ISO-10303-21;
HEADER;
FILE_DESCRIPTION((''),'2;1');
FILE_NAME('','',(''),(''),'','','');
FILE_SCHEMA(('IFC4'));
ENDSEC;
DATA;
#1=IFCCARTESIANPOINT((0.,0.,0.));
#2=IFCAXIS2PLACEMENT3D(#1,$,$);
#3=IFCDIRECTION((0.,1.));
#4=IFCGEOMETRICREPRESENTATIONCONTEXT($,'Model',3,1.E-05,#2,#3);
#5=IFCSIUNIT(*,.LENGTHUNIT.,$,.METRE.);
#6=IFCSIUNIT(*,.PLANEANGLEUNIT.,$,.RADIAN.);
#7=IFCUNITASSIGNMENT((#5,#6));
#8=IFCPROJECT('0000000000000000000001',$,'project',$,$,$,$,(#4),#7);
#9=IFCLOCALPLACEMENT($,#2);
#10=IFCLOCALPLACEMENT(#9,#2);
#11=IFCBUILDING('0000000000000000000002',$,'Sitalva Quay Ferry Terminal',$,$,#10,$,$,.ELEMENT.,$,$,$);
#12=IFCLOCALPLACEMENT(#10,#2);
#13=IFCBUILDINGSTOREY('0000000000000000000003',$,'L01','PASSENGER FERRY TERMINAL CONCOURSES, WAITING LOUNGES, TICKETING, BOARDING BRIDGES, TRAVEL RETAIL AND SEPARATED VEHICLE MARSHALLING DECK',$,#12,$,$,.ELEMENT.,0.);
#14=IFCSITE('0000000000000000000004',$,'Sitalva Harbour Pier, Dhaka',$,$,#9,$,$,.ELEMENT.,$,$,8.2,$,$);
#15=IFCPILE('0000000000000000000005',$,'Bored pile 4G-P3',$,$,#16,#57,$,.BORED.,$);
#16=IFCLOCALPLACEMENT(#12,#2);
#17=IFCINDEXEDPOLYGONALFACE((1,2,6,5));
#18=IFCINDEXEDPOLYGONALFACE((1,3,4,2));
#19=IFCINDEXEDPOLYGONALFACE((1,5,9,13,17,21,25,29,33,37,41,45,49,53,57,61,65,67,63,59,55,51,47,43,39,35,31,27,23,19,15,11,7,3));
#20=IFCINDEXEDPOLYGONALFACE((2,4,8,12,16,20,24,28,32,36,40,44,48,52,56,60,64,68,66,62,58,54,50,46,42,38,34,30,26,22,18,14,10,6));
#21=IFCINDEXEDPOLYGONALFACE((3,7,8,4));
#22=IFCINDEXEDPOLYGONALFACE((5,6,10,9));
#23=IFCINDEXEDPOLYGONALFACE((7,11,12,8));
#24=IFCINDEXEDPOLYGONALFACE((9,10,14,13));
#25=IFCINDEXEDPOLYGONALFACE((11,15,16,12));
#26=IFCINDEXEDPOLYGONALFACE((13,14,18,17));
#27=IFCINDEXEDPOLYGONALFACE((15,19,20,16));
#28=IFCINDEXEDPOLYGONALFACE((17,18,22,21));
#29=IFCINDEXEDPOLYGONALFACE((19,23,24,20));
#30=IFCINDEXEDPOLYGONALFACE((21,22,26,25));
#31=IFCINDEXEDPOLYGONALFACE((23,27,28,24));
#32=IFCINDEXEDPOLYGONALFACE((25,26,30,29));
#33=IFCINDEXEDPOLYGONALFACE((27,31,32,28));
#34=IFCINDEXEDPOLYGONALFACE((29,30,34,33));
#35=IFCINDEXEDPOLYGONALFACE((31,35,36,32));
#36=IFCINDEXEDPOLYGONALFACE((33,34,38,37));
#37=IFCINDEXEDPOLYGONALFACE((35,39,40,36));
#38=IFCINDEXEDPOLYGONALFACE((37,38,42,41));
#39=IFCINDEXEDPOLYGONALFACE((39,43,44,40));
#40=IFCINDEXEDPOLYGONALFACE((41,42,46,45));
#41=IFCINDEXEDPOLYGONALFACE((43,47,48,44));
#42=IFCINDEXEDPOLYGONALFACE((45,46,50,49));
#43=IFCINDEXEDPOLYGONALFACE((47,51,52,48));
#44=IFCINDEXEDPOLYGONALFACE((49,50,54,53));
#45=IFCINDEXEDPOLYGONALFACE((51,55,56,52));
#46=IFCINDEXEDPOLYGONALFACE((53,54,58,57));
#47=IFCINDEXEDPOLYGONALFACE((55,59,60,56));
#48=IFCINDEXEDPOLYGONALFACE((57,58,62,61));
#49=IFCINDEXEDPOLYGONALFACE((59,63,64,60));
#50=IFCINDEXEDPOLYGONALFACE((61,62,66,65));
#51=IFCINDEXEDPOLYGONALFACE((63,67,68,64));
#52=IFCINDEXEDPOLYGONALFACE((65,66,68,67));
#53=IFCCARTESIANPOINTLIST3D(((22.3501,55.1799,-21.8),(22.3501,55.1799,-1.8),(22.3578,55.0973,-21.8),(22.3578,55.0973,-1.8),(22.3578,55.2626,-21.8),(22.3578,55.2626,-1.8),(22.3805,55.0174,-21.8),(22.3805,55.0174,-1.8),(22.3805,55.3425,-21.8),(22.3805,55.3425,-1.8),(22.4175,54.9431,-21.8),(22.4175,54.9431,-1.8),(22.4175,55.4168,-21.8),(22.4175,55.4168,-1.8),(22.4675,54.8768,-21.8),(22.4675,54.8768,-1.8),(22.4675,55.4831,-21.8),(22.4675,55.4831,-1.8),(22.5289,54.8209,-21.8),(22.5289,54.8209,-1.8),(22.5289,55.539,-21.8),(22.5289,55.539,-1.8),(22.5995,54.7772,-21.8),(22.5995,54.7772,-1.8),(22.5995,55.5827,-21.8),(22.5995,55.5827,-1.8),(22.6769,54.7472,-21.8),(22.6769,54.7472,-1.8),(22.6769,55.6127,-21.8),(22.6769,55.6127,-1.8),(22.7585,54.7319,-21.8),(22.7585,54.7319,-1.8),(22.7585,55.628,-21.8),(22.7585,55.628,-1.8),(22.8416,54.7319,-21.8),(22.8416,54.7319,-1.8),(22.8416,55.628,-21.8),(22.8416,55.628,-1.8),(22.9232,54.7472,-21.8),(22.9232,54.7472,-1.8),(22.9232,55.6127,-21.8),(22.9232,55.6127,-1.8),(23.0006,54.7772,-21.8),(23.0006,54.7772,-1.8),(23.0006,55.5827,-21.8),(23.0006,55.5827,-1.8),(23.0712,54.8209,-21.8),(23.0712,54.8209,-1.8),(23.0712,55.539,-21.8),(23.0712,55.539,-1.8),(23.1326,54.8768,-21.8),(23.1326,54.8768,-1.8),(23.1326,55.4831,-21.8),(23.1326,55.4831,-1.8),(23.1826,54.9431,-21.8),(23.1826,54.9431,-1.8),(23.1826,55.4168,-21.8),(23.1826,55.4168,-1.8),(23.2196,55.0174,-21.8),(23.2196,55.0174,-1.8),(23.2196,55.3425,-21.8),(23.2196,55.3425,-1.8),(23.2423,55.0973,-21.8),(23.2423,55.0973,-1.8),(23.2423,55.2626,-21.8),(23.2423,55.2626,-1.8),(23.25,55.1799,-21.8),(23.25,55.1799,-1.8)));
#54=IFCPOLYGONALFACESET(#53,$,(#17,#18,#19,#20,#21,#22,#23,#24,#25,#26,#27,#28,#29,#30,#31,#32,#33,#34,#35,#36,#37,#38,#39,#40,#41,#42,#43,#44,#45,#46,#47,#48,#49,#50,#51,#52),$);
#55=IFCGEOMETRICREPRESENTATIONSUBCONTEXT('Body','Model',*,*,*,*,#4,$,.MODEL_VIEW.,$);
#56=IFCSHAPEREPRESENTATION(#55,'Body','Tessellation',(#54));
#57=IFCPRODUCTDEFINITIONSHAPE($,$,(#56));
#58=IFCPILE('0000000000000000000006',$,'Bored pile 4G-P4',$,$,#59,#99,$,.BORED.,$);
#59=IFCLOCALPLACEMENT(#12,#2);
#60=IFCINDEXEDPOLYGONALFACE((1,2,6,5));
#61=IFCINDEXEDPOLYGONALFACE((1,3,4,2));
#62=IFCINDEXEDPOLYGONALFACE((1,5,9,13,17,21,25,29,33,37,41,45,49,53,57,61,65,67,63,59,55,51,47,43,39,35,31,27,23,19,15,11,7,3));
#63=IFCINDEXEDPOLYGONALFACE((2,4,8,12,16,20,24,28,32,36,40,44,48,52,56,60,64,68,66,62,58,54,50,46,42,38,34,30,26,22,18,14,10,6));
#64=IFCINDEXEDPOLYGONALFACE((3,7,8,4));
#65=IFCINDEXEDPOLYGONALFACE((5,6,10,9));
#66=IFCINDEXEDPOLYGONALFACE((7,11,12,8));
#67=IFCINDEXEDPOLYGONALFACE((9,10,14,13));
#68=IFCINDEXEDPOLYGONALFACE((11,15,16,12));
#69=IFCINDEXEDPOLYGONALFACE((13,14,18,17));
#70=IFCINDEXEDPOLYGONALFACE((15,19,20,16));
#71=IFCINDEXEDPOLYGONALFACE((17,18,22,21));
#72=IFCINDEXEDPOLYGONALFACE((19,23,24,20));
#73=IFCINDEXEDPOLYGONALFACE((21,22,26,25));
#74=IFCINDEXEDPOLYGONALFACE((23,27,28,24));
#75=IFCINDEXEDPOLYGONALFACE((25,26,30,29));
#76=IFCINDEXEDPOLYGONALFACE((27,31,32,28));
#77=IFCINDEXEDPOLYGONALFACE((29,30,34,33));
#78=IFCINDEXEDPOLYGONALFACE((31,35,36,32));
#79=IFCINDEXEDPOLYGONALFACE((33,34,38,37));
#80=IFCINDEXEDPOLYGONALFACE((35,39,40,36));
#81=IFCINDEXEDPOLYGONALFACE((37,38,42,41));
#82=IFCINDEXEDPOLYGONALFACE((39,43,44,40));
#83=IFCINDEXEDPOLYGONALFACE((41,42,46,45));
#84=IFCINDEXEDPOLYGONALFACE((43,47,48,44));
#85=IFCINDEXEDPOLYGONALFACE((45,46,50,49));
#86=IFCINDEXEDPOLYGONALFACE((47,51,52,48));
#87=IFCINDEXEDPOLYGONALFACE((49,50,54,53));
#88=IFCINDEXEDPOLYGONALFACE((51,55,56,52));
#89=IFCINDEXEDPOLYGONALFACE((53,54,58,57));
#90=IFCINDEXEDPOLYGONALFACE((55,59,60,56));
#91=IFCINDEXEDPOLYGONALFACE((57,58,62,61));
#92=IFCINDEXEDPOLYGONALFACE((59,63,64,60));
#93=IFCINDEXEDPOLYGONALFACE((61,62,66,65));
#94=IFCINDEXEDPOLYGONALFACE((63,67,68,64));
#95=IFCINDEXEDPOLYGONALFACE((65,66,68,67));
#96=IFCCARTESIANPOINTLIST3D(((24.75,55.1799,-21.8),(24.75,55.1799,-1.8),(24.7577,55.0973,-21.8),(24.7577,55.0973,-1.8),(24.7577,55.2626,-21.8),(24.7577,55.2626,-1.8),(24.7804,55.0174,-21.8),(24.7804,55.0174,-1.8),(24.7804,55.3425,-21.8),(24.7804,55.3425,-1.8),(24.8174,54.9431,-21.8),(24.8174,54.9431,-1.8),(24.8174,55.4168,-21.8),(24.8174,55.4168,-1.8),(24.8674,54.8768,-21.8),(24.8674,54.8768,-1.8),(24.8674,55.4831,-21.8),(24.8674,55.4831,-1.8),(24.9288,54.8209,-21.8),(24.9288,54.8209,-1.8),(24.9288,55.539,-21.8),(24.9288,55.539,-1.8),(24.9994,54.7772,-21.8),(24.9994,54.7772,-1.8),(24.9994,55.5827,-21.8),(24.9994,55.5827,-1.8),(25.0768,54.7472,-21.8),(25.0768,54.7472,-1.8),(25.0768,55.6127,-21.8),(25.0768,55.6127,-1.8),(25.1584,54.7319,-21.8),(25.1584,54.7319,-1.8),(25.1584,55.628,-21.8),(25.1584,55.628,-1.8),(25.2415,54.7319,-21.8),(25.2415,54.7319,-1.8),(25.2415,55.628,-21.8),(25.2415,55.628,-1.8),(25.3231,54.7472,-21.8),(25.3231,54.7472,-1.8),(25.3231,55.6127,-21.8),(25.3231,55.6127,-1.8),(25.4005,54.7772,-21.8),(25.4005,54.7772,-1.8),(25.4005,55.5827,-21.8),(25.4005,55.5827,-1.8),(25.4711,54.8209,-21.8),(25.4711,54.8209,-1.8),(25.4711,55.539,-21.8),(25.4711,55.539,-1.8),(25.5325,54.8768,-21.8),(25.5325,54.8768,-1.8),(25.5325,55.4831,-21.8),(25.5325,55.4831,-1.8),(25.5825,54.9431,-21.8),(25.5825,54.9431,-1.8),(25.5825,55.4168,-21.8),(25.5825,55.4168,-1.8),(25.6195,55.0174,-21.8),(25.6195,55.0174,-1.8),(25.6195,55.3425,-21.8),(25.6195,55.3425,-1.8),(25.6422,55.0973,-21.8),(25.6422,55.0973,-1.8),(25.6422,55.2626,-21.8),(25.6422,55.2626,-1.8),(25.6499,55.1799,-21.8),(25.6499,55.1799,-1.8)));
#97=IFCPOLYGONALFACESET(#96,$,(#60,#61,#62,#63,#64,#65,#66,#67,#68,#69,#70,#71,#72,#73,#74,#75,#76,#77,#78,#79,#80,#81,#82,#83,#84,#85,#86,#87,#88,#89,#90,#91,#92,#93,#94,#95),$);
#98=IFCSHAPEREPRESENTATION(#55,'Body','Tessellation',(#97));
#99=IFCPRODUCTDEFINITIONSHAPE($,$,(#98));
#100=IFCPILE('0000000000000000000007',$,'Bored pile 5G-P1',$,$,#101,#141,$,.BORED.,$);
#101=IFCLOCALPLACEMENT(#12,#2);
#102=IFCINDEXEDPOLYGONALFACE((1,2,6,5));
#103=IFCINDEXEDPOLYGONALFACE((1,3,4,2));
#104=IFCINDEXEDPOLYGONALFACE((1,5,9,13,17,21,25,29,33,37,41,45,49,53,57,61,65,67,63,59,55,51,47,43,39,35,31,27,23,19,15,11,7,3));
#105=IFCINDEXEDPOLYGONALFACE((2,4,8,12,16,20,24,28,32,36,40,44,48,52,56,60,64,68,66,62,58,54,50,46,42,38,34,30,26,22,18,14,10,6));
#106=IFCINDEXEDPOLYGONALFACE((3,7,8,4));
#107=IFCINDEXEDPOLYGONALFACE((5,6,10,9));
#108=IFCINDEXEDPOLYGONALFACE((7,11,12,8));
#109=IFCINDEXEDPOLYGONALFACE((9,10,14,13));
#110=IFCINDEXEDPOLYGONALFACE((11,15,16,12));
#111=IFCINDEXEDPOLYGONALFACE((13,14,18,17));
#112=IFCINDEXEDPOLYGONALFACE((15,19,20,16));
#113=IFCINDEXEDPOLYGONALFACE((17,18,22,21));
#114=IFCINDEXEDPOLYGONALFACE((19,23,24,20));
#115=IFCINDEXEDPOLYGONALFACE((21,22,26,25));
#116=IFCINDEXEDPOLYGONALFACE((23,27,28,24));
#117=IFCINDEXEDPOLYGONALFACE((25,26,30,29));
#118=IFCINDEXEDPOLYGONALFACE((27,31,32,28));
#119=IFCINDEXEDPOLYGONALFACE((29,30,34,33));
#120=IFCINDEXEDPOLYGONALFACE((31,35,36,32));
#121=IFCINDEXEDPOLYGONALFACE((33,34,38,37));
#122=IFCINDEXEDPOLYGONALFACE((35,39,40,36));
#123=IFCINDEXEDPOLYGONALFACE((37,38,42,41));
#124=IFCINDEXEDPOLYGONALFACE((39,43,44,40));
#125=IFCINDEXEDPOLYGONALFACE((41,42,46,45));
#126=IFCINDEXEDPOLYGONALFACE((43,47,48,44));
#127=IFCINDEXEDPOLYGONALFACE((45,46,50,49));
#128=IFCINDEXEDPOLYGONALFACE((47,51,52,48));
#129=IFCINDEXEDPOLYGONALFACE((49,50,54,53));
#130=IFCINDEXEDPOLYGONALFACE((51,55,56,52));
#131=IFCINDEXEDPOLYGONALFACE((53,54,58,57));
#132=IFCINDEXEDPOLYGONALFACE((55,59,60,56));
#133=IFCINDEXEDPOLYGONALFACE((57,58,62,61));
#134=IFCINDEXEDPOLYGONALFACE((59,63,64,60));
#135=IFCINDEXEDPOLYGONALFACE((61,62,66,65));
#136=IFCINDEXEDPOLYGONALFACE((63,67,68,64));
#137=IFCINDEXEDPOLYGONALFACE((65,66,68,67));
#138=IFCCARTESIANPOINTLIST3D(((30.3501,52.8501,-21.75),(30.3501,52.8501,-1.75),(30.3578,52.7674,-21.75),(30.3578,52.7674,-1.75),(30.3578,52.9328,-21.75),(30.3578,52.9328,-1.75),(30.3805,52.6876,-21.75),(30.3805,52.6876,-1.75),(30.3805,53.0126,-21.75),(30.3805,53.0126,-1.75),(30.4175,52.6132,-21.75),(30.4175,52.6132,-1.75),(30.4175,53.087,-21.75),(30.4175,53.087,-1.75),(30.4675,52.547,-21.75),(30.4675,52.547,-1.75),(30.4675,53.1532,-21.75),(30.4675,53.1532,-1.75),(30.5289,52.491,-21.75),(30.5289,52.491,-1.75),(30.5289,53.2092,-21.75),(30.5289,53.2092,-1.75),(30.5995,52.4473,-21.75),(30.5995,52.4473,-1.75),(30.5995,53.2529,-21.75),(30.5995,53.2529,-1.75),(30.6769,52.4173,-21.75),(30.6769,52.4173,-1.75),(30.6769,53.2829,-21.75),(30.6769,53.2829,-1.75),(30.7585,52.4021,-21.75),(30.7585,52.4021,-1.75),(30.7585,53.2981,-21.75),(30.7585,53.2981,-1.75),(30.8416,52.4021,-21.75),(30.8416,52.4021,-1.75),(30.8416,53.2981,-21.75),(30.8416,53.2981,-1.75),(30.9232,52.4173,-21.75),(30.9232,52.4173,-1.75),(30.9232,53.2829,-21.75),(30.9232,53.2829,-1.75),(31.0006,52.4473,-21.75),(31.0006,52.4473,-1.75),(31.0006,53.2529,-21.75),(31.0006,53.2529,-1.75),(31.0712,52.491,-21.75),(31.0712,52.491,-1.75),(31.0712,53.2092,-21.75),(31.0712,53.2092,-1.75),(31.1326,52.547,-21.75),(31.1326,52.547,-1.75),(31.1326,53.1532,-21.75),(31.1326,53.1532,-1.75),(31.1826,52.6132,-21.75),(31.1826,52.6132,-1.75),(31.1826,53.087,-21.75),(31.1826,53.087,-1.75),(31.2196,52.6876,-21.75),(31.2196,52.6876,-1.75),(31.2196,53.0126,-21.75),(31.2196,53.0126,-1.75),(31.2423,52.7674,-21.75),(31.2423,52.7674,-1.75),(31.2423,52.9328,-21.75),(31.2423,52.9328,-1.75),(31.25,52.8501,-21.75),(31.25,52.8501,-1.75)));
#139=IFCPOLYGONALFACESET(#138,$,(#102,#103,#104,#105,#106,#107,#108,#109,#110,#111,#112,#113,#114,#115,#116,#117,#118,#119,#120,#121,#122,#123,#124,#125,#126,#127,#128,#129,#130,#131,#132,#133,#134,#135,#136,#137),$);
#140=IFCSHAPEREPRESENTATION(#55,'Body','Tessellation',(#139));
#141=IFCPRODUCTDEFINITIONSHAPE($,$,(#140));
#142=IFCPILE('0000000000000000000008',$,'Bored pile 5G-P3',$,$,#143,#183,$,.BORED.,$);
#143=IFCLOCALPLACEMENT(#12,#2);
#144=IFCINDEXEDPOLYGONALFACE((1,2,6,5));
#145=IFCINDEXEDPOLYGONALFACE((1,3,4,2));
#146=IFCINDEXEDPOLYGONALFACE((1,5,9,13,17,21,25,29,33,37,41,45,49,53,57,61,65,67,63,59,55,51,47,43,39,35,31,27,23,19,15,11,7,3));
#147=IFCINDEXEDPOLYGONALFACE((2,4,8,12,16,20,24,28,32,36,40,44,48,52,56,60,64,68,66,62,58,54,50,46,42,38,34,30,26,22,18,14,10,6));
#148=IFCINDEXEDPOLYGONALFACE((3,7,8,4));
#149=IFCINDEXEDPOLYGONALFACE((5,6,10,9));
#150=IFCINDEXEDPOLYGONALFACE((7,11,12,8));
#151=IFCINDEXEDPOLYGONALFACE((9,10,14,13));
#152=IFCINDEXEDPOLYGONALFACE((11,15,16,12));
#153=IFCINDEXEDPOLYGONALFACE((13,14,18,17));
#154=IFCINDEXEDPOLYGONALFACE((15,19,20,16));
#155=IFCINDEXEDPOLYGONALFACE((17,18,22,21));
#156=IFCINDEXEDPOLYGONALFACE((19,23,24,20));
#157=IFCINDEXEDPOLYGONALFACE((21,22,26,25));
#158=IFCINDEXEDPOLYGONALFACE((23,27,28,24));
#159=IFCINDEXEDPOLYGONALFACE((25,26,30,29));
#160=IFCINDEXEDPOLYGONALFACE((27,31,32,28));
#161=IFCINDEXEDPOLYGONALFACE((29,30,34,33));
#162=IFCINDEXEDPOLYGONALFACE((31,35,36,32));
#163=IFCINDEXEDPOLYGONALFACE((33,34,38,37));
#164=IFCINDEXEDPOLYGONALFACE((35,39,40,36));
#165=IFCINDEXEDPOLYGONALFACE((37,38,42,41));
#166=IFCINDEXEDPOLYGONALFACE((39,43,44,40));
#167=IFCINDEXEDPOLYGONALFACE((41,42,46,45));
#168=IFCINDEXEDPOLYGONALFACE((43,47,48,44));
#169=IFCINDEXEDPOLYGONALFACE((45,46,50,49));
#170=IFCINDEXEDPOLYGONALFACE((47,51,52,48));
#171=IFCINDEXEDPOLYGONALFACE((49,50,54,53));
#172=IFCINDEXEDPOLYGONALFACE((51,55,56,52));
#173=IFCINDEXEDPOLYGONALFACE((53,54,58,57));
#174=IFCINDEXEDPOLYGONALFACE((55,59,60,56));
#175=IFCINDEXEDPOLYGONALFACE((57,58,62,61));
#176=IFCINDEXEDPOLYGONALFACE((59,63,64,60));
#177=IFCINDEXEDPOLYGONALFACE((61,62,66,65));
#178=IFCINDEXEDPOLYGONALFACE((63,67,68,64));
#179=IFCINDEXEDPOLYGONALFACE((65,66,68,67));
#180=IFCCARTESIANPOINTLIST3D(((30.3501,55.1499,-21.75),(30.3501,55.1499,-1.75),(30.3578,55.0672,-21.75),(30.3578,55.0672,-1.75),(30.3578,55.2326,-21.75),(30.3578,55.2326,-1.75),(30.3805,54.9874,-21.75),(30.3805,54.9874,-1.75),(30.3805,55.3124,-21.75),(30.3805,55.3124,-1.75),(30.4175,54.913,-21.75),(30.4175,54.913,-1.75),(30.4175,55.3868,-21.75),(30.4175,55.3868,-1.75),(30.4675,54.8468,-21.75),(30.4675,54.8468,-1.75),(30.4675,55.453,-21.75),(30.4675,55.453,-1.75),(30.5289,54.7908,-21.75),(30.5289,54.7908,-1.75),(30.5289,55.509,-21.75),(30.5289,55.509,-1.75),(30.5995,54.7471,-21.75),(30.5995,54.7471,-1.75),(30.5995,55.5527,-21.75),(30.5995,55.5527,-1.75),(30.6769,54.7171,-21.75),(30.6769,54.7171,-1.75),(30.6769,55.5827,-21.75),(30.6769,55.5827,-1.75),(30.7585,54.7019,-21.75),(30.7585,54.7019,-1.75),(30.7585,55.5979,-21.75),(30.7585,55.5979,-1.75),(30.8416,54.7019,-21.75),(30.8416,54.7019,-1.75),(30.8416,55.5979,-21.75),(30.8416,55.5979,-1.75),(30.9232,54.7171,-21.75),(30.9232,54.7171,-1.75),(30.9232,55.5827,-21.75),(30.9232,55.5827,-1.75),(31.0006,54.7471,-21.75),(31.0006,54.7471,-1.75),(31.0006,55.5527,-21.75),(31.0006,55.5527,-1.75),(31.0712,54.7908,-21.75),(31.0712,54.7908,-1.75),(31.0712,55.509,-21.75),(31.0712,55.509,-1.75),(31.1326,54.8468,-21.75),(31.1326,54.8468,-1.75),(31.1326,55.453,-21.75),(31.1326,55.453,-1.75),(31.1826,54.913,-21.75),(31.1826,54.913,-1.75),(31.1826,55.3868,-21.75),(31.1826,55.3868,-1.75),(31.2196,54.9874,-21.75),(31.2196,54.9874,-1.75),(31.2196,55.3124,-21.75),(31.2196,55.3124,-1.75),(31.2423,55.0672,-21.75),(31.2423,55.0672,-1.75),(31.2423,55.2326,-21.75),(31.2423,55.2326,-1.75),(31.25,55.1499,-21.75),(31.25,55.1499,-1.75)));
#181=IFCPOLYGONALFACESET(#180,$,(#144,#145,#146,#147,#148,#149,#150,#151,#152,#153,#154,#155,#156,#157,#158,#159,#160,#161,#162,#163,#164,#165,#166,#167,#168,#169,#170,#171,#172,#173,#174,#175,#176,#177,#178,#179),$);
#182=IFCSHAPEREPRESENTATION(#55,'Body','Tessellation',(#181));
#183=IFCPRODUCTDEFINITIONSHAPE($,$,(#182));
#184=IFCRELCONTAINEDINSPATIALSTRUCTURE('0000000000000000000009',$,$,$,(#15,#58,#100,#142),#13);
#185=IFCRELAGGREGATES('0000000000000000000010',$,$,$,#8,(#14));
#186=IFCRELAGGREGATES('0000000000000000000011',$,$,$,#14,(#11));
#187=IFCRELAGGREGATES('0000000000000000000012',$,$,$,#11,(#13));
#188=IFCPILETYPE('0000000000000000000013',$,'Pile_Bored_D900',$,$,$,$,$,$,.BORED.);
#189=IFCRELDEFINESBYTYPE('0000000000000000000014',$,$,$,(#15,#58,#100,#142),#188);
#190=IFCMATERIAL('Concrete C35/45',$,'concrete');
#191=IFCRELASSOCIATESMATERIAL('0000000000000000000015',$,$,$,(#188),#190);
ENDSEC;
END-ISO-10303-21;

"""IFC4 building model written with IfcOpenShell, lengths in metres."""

from ifc_helpers import new_model, si_unit, direction, frame, origin, origin_2d, place, context, subcontext, project, spatial, circle, extrude, material, material_profile, profile_set, type_object, element, save


model = new_model("IFC4")

# Units and contexts
model_context = context("Model", 3, precision=1e-05, world=origin(), true_north=direction((0.0, 1.0)))
body_context = subcontext(model_context, "Body", "Model", "MODEL_VIEW")
ifc_project = project(units=[si_unit("LENGTHUNIT", "METRE"), si_unit("PLANEANGLEUNIT", "RADIAN")], contexts=[model_context])

# Site, building, storey
site_placement = place(None, origin())
site = spatial("IfcSite", under=ifc_project, at=site_placement, Name="Sitalva Harbour Pier, Dhaka", CompositionType="ELEMENT", RefElevation=8.2)
building_placement = place(site_placement, origin())
building = spatial("IfcBuilding", under=site, at=building_placement, Name="Sitalva Quay Ferry Terminal", CompositionType="ELEMENT")
storey_placement = place(building_placement, origin())
storey = spatial("IfcBuildingStorey", under=building, at=storey_placement, Name="L01", Description="PASSENGER FERRY TERMINAL CONCOURSES, WAITING LOUNGES, TICKETING, BOARDING BRIDGES, TRAVEL RETAIL AND SEPARATED VEHICLE MARSHALLING DECK", CompositionType="ELEMENT", Elevation=0.0)

# Piles
ifc_material_1 = material(Name="Concrete C35/45", Category="concrete")
ifc_material_profile_1 = material_profile(ifc_material_1, circle(Radius=0.45, at=origin_2d()), Name="PILE-D900")
ifc_profile_set_1 = profile_set([ifc_material_profile_1], Name="Concrete C35/45")
pile_type = type_object("IfcPileType", Name="Pile_Bored_D900", PredefinedType="BORED", material=ifc_profile_set_1)
for number, where, z_axis, x_axis, name in (
    (1, (22.8, 55.1799, -1.8), (0.0, 0.0, -1.0), (1.0, 0.0, 0.0), "Bored pile 4G-P3"),
    (2, (25.2, 55.1799, -1.8), (0.0, 0.0, -1.0), (1.0, 0.0, 0.0), "Bored pile 4G-P4"),
    (3, (30.8, 52.8501, -1.75), (0.0, 0.0, -1.0), (1.0, 0.0, 0.0), "Bored pile 5G-P1"),
    (4, (30.8, 55.1499, -1.75), (0.0, 0.0, -1.0), (1.0, 0.0, 0.0), "Bored pile 5G-P3"),
):
    element("IfcPile", number, at=place(storey_placement, frame(where, z_axis=z_axis, x_axis=x_axis)), inside=storey, type_object=pile_type, Name=name, PredefinedType="BORED", context=body_context, shape_type="SweptSolid", body=[
        extrude(circle(Radius=0.45, at=origin_2d()), origin(), (0.0, 0.0, 1.0), 20.0),
    ])

save(model, "model.ifc")
